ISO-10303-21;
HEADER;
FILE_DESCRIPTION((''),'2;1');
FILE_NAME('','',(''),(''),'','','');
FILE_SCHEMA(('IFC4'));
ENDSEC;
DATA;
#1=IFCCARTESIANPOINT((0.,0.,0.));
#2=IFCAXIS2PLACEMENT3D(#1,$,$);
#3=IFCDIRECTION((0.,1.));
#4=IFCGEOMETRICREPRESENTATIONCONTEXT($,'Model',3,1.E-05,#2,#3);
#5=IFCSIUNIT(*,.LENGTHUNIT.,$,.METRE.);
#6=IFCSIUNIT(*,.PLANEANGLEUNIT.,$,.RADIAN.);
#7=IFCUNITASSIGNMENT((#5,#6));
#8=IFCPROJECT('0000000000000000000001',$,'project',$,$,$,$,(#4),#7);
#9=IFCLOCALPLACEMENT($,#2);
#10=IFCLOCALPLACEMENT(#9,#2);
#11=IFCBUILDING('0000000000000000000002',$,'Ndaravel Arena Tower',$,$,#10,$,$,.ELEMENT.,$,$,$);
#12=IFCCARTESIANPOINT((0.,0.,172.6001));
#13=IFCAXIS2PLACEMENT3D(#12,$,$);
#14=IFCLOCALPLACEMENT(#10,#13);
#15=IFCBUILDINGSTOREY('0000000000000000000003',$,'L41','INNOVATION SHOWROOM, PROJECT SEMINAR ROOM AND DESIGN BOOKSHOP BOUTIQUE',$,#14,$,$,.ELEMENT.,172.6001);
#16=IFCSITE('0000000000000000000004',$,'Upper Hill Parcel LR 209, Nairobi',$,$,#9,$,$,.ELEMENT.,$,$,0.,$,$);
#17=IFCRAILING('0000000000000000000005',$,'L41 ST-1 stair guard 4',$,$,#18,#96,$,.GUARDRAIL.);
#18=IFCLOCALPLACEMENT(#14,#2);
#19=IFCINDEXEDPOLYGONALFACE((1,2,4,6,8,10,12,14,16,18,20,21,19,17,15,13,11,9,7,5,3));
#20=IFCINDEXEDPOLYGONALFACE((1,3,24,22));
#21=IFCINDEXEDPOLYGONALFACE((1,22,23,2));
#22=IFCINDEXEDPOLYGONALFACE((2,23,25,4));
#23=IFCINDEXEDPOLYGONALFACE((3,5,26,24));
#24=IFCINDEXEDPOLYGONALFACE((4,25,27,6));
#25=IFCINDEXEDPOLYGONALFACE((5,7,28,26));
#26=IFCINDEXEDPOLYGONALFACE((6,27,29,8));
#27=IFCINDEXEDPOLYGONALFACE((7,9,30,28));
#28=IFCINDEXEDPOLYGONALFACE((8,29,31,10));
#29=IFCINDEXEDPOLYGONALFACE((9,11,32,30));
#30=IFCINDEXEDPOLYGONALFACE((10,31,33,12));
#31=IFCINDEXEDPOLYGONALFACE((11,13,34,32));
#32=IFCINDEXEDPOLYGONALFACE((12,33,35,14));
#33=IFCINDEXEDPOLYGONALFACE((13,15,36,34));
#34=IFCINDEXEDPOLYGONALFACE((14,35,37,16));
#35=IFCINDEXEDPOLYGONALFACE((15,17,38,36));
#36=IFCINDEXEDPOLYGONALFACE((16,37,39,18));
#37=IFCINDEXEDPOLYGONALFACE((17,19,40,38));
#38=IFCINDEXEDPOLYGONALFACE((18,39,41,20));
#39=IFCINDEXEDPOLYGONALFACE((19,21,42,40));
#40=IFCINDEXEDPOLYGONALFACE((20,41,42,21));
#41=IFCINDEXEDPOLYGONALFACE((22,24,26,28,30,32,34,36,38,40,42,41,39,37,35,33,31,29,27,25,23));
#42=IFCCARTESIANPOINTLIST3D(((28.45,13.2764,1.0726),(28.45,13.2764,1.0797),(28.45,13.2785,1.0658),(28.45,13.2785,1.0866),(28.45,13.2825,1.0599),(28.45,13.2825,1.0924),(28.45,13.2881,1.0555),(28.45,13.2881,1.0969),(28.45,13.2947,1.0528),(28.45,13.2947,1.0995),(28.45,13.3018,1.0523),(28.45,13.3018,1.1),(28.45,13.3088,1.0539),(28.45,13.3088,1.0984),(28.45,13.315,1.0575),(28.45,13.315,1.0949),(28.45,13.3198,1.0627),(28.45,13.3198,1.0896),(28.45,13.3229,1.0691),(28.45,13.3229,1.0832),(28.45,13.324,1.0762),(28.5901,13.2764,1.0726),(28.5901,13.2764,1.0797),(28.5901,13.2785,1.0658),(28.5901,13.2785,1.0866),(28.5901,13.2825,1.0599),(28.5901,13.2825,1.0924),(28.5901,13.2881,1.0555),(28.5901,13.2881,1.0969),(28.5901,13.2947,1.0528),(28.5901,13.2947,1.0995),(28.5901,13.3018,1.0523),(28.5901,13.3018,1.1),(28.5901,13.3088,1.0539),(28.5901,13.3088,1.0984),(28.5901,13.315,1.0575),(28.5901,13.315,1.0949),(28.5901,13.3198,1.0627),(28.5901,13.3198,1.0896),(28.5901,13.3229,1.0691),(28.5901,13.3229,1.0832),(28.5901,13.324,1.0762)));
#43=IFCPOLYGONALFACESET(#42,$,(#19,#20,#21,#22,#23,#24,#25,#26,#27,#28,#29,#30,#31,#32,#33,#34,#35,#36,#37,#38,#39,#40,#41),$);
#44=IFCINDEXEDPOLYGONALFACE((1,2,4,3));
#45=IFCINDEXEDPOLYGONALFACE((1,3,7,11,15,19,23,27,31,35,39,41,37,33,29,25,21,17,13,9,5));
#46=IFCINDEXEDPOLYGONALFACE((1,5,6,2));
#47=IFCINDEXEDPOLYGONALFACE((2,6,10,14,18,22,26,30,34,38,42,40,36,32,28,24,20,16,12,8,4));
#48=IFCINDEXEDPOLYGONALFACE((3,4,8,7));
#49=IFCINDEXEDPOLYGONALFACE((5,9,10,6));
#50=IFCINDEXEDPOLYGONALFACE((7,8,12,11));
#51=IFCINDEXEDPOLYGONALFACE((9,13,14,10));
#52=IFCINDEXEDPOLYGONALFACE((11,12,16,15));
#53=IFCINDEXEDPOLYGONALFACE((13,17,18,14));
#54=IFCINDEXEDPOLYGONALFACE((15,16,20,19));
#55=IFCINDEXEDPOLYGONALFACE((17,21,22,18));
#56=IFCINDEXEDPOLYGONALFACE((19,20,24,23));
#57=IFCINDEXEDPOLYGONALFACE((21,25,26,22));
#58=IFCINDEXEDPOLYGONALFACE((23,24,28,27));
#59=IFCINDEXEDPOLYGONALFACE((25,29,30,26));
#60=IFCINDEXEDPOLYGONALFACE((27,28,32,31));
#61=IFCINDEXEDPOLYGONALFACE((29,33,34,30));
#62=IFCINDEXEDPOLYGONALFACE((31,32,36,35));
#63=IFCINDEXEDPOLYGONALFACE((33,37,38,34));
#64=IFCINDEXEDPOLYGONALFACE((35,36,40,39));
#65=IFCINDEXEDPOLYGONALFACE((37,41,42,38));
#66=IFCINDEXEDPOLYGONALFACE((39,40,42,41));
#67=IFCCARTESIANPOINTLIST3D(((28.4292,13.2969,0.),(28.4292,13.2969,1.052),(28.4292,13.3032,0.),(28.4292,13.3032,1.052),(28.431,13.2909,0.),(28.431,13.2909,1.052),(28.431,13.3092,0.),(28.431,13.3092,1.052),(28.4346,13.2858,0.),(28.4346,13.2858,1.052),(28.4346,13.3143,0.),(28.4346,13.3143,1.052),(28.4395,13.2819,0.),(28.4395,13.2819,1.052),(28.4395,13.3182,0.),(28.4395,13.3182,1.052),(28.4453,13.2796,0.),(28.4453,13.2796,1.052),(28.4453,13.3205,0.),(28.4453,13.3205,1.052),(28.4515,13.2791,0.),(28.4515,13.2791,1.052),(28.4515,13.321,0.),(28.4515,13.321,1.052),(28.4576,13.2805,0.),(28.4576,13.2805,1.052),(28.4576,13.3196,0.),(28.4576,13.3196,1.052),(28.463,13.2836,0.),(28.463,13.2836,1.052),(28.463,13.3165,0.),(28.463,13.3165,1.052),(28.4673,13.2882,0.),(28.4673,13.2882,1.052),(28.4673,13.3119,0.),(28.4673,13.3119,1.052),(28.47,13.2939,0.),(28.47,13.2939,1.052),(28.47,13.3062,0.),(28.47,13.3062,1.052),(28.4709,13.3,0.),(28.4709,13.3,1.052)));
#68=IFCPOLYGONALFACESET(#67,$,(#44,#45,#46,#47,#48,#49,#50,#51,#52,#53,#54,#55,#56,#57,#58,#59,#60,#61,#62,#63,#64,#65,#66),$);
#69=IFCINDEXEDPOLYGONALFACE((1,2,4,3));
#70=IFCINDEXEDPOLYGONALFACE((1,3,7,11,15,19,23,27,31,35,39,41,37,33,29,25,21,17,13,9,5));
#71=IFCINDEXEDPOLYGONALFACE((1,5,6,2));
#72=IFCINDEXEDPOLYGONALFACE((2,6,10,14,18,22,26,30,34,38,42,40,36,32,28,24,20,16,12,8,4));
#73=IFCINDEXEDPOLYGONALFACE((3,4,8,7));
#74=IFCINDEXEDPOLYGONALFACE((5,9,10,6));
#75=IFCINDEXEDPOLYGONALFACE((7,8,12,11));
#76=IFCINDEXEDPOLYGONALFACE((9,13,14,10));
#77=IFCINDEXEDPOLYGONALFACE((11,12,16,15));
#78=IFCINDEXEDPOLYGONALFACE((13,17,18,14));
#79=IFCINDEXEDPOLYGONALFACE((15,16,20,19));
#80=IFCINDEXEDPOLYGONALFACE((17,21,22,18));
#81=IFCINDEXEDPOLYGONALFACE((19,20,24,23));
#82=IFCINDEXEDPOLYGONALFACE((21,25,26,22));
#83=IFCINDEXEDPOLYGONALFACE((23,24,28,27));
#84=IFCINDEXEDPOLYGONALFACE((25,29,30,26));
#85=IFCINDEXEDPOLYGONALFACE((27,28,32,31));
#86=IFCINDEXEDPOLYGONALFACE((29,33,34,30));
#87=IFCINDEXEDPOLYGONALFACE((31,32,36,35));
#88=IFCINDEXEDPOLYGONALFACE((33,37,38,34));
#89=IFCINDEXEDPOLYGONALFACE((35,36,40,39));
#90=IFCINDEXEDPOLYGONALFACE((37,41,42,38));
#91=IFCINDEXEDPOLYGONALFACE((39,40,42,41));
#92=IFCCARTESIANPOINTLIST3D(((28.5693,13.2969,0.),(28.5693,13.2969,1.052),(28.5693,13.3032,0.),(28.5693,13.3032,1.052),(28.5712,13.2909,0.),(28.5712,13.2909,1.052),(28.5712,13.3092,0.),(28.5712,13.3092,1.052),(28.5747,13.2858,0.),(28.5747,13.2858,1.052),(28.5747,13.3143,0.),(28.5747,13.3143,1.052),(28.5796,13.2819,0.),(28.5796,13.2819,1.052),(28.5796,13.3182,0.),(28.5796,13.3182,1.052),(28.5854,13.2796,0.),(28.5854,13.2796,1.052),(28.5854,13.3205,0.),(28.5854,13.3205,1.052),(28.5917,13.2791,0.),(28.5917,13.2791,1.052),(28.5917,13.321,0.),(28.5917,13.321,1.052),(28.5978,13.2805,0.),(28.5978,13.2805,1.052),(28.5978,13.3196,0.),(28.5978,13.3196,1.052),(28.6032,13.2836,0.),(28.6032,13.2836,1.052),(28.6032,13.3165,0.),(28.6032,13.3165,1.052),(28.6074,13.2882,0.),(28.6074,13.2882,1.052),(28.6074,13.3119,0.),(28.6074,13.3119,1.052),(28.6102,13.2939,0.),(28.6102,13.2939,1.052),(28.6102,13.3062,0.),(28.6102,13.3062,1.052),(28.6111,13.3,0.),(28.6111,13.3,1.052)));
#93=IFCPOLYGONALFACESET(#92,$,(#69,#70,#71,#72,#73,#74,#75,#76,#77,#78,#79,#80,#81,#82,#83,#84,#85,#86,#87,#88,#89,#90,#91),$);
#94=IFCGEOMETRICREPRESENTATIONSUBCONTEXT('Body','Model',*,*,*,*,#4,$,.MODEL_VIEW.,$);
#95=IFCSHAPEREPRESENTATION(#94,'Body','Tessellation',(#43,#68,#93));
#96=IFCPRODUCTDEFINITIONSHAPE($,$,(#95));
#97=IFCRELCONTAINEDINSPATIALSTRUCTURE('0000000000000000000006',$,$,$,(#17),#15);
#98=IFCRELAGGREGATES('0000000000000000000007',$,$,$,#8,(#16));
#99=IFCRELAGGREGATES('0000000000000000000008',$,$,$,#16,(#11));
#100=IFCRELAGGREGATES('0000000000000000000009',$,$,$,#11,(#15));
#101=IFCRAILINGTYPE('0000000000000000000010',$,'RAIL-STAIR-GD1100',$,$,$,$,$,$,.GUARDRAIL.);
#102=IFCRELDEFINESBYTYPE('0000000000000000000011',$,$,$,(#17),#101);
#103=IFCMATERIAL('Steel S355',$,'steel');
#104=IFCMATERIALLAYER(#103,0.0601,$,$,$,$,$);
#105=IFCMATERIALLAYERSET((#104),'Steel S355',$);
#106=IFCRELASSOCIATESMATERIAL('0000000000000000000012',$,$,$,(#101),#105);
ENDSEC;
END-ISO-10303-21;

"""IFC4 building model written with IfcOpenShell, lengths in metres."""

from ifc_helpers import new_model, si_unit, direction, frame, origin, origin_2d, place, context, subcontext, project, spatial, circle, extrude, material, layer, layer_set, type_object, element, save


model = new_model("IFC4")

# Units and contexts
model_context = context("Model", 3, precision=1e-05, world=origin(), true_north=direction((0.0, 1.0)))
body_context = subcontext(model_context, "Body", "Model", "MODEL_VIEW")
ifc_project = project(units=[si_unit("LENGTHUNIT", "METRE"), si_unit("PLANEANGLEUNIT", "RADIAN")], contexts=[model_context])

# Site, building, storey
site_placement = place(None, origin())
site = spatial("IfcSite", under=ifc_project, at=site_placement, Name="Upper Hill Parcel LR 209, Nairobi", CompositionType="ELEMENT", RefElevation=0.0)
building_placement = place(site_placement, origin())
building = spatial("IfcBuilding", under=site, at=building_placement, Name="Ndaravel Arena Tower", CompositionType="ELEMENT")
storey_placement = place(building_placement, frame((0.0, 0.0, 172.6001)))
storey = spatial("IfcBuildingStorey", under=building, at=storey_placement, Name="L41", Description="INNOVATION SHOWROOM, PROJECT SEMINAR ROOM AND DESIGN BOOKSHOP BOUTIQUE", CompositionType="ELEMENT", Elevation=172.6001)

# Railing
ifc_material_1 = material(Name="Steel S355", Category="steel")
ifc_layer_1 = layer(ifc_material_1, 0.0601)
ifc_layer_set_1 = layer_set([ifc_layer_1], Name="Steel S355")
railing_type_1 = type_object("IfcRailingType", Name="RAIL-STAIR-GD1100", PredefinedType="GUARDRAIL", material=ifc_layer_set_1)
railing_1_placement = place(storey_placement, frame((28.45, 13.3, 0.0)))
element("IfcRailing", 1, at=railing_1_placement, inside=storey, type_object=railing_type_1, Name="L41 ST-1 stair guard 4", PredefinedType="GUARDRAIL", context=body_context, shape_type="SweptSolid", body=[
    extrude(circle(Radius=0.0239, at=origin_2d()), frame((0.0, 0.0, 1.0762), z_axis=(1.0, 0.0, 0.0), x_axis=(0.0, 1.0, 0.0)), (0.0, 0.0, 1.0), 0.1401),
    extrude(circle(Radius=0.021, at=origin_2d()), origin(), (0.0, 0.0, 1.0), 1.052),
    extrude(circle(Radius=0.021, at=origin_2d()), frame((0.1401, 0.0, 0.0)), (0.0, 0.0, 1.0), 1.052),
])

save(model, "model.ifc")
